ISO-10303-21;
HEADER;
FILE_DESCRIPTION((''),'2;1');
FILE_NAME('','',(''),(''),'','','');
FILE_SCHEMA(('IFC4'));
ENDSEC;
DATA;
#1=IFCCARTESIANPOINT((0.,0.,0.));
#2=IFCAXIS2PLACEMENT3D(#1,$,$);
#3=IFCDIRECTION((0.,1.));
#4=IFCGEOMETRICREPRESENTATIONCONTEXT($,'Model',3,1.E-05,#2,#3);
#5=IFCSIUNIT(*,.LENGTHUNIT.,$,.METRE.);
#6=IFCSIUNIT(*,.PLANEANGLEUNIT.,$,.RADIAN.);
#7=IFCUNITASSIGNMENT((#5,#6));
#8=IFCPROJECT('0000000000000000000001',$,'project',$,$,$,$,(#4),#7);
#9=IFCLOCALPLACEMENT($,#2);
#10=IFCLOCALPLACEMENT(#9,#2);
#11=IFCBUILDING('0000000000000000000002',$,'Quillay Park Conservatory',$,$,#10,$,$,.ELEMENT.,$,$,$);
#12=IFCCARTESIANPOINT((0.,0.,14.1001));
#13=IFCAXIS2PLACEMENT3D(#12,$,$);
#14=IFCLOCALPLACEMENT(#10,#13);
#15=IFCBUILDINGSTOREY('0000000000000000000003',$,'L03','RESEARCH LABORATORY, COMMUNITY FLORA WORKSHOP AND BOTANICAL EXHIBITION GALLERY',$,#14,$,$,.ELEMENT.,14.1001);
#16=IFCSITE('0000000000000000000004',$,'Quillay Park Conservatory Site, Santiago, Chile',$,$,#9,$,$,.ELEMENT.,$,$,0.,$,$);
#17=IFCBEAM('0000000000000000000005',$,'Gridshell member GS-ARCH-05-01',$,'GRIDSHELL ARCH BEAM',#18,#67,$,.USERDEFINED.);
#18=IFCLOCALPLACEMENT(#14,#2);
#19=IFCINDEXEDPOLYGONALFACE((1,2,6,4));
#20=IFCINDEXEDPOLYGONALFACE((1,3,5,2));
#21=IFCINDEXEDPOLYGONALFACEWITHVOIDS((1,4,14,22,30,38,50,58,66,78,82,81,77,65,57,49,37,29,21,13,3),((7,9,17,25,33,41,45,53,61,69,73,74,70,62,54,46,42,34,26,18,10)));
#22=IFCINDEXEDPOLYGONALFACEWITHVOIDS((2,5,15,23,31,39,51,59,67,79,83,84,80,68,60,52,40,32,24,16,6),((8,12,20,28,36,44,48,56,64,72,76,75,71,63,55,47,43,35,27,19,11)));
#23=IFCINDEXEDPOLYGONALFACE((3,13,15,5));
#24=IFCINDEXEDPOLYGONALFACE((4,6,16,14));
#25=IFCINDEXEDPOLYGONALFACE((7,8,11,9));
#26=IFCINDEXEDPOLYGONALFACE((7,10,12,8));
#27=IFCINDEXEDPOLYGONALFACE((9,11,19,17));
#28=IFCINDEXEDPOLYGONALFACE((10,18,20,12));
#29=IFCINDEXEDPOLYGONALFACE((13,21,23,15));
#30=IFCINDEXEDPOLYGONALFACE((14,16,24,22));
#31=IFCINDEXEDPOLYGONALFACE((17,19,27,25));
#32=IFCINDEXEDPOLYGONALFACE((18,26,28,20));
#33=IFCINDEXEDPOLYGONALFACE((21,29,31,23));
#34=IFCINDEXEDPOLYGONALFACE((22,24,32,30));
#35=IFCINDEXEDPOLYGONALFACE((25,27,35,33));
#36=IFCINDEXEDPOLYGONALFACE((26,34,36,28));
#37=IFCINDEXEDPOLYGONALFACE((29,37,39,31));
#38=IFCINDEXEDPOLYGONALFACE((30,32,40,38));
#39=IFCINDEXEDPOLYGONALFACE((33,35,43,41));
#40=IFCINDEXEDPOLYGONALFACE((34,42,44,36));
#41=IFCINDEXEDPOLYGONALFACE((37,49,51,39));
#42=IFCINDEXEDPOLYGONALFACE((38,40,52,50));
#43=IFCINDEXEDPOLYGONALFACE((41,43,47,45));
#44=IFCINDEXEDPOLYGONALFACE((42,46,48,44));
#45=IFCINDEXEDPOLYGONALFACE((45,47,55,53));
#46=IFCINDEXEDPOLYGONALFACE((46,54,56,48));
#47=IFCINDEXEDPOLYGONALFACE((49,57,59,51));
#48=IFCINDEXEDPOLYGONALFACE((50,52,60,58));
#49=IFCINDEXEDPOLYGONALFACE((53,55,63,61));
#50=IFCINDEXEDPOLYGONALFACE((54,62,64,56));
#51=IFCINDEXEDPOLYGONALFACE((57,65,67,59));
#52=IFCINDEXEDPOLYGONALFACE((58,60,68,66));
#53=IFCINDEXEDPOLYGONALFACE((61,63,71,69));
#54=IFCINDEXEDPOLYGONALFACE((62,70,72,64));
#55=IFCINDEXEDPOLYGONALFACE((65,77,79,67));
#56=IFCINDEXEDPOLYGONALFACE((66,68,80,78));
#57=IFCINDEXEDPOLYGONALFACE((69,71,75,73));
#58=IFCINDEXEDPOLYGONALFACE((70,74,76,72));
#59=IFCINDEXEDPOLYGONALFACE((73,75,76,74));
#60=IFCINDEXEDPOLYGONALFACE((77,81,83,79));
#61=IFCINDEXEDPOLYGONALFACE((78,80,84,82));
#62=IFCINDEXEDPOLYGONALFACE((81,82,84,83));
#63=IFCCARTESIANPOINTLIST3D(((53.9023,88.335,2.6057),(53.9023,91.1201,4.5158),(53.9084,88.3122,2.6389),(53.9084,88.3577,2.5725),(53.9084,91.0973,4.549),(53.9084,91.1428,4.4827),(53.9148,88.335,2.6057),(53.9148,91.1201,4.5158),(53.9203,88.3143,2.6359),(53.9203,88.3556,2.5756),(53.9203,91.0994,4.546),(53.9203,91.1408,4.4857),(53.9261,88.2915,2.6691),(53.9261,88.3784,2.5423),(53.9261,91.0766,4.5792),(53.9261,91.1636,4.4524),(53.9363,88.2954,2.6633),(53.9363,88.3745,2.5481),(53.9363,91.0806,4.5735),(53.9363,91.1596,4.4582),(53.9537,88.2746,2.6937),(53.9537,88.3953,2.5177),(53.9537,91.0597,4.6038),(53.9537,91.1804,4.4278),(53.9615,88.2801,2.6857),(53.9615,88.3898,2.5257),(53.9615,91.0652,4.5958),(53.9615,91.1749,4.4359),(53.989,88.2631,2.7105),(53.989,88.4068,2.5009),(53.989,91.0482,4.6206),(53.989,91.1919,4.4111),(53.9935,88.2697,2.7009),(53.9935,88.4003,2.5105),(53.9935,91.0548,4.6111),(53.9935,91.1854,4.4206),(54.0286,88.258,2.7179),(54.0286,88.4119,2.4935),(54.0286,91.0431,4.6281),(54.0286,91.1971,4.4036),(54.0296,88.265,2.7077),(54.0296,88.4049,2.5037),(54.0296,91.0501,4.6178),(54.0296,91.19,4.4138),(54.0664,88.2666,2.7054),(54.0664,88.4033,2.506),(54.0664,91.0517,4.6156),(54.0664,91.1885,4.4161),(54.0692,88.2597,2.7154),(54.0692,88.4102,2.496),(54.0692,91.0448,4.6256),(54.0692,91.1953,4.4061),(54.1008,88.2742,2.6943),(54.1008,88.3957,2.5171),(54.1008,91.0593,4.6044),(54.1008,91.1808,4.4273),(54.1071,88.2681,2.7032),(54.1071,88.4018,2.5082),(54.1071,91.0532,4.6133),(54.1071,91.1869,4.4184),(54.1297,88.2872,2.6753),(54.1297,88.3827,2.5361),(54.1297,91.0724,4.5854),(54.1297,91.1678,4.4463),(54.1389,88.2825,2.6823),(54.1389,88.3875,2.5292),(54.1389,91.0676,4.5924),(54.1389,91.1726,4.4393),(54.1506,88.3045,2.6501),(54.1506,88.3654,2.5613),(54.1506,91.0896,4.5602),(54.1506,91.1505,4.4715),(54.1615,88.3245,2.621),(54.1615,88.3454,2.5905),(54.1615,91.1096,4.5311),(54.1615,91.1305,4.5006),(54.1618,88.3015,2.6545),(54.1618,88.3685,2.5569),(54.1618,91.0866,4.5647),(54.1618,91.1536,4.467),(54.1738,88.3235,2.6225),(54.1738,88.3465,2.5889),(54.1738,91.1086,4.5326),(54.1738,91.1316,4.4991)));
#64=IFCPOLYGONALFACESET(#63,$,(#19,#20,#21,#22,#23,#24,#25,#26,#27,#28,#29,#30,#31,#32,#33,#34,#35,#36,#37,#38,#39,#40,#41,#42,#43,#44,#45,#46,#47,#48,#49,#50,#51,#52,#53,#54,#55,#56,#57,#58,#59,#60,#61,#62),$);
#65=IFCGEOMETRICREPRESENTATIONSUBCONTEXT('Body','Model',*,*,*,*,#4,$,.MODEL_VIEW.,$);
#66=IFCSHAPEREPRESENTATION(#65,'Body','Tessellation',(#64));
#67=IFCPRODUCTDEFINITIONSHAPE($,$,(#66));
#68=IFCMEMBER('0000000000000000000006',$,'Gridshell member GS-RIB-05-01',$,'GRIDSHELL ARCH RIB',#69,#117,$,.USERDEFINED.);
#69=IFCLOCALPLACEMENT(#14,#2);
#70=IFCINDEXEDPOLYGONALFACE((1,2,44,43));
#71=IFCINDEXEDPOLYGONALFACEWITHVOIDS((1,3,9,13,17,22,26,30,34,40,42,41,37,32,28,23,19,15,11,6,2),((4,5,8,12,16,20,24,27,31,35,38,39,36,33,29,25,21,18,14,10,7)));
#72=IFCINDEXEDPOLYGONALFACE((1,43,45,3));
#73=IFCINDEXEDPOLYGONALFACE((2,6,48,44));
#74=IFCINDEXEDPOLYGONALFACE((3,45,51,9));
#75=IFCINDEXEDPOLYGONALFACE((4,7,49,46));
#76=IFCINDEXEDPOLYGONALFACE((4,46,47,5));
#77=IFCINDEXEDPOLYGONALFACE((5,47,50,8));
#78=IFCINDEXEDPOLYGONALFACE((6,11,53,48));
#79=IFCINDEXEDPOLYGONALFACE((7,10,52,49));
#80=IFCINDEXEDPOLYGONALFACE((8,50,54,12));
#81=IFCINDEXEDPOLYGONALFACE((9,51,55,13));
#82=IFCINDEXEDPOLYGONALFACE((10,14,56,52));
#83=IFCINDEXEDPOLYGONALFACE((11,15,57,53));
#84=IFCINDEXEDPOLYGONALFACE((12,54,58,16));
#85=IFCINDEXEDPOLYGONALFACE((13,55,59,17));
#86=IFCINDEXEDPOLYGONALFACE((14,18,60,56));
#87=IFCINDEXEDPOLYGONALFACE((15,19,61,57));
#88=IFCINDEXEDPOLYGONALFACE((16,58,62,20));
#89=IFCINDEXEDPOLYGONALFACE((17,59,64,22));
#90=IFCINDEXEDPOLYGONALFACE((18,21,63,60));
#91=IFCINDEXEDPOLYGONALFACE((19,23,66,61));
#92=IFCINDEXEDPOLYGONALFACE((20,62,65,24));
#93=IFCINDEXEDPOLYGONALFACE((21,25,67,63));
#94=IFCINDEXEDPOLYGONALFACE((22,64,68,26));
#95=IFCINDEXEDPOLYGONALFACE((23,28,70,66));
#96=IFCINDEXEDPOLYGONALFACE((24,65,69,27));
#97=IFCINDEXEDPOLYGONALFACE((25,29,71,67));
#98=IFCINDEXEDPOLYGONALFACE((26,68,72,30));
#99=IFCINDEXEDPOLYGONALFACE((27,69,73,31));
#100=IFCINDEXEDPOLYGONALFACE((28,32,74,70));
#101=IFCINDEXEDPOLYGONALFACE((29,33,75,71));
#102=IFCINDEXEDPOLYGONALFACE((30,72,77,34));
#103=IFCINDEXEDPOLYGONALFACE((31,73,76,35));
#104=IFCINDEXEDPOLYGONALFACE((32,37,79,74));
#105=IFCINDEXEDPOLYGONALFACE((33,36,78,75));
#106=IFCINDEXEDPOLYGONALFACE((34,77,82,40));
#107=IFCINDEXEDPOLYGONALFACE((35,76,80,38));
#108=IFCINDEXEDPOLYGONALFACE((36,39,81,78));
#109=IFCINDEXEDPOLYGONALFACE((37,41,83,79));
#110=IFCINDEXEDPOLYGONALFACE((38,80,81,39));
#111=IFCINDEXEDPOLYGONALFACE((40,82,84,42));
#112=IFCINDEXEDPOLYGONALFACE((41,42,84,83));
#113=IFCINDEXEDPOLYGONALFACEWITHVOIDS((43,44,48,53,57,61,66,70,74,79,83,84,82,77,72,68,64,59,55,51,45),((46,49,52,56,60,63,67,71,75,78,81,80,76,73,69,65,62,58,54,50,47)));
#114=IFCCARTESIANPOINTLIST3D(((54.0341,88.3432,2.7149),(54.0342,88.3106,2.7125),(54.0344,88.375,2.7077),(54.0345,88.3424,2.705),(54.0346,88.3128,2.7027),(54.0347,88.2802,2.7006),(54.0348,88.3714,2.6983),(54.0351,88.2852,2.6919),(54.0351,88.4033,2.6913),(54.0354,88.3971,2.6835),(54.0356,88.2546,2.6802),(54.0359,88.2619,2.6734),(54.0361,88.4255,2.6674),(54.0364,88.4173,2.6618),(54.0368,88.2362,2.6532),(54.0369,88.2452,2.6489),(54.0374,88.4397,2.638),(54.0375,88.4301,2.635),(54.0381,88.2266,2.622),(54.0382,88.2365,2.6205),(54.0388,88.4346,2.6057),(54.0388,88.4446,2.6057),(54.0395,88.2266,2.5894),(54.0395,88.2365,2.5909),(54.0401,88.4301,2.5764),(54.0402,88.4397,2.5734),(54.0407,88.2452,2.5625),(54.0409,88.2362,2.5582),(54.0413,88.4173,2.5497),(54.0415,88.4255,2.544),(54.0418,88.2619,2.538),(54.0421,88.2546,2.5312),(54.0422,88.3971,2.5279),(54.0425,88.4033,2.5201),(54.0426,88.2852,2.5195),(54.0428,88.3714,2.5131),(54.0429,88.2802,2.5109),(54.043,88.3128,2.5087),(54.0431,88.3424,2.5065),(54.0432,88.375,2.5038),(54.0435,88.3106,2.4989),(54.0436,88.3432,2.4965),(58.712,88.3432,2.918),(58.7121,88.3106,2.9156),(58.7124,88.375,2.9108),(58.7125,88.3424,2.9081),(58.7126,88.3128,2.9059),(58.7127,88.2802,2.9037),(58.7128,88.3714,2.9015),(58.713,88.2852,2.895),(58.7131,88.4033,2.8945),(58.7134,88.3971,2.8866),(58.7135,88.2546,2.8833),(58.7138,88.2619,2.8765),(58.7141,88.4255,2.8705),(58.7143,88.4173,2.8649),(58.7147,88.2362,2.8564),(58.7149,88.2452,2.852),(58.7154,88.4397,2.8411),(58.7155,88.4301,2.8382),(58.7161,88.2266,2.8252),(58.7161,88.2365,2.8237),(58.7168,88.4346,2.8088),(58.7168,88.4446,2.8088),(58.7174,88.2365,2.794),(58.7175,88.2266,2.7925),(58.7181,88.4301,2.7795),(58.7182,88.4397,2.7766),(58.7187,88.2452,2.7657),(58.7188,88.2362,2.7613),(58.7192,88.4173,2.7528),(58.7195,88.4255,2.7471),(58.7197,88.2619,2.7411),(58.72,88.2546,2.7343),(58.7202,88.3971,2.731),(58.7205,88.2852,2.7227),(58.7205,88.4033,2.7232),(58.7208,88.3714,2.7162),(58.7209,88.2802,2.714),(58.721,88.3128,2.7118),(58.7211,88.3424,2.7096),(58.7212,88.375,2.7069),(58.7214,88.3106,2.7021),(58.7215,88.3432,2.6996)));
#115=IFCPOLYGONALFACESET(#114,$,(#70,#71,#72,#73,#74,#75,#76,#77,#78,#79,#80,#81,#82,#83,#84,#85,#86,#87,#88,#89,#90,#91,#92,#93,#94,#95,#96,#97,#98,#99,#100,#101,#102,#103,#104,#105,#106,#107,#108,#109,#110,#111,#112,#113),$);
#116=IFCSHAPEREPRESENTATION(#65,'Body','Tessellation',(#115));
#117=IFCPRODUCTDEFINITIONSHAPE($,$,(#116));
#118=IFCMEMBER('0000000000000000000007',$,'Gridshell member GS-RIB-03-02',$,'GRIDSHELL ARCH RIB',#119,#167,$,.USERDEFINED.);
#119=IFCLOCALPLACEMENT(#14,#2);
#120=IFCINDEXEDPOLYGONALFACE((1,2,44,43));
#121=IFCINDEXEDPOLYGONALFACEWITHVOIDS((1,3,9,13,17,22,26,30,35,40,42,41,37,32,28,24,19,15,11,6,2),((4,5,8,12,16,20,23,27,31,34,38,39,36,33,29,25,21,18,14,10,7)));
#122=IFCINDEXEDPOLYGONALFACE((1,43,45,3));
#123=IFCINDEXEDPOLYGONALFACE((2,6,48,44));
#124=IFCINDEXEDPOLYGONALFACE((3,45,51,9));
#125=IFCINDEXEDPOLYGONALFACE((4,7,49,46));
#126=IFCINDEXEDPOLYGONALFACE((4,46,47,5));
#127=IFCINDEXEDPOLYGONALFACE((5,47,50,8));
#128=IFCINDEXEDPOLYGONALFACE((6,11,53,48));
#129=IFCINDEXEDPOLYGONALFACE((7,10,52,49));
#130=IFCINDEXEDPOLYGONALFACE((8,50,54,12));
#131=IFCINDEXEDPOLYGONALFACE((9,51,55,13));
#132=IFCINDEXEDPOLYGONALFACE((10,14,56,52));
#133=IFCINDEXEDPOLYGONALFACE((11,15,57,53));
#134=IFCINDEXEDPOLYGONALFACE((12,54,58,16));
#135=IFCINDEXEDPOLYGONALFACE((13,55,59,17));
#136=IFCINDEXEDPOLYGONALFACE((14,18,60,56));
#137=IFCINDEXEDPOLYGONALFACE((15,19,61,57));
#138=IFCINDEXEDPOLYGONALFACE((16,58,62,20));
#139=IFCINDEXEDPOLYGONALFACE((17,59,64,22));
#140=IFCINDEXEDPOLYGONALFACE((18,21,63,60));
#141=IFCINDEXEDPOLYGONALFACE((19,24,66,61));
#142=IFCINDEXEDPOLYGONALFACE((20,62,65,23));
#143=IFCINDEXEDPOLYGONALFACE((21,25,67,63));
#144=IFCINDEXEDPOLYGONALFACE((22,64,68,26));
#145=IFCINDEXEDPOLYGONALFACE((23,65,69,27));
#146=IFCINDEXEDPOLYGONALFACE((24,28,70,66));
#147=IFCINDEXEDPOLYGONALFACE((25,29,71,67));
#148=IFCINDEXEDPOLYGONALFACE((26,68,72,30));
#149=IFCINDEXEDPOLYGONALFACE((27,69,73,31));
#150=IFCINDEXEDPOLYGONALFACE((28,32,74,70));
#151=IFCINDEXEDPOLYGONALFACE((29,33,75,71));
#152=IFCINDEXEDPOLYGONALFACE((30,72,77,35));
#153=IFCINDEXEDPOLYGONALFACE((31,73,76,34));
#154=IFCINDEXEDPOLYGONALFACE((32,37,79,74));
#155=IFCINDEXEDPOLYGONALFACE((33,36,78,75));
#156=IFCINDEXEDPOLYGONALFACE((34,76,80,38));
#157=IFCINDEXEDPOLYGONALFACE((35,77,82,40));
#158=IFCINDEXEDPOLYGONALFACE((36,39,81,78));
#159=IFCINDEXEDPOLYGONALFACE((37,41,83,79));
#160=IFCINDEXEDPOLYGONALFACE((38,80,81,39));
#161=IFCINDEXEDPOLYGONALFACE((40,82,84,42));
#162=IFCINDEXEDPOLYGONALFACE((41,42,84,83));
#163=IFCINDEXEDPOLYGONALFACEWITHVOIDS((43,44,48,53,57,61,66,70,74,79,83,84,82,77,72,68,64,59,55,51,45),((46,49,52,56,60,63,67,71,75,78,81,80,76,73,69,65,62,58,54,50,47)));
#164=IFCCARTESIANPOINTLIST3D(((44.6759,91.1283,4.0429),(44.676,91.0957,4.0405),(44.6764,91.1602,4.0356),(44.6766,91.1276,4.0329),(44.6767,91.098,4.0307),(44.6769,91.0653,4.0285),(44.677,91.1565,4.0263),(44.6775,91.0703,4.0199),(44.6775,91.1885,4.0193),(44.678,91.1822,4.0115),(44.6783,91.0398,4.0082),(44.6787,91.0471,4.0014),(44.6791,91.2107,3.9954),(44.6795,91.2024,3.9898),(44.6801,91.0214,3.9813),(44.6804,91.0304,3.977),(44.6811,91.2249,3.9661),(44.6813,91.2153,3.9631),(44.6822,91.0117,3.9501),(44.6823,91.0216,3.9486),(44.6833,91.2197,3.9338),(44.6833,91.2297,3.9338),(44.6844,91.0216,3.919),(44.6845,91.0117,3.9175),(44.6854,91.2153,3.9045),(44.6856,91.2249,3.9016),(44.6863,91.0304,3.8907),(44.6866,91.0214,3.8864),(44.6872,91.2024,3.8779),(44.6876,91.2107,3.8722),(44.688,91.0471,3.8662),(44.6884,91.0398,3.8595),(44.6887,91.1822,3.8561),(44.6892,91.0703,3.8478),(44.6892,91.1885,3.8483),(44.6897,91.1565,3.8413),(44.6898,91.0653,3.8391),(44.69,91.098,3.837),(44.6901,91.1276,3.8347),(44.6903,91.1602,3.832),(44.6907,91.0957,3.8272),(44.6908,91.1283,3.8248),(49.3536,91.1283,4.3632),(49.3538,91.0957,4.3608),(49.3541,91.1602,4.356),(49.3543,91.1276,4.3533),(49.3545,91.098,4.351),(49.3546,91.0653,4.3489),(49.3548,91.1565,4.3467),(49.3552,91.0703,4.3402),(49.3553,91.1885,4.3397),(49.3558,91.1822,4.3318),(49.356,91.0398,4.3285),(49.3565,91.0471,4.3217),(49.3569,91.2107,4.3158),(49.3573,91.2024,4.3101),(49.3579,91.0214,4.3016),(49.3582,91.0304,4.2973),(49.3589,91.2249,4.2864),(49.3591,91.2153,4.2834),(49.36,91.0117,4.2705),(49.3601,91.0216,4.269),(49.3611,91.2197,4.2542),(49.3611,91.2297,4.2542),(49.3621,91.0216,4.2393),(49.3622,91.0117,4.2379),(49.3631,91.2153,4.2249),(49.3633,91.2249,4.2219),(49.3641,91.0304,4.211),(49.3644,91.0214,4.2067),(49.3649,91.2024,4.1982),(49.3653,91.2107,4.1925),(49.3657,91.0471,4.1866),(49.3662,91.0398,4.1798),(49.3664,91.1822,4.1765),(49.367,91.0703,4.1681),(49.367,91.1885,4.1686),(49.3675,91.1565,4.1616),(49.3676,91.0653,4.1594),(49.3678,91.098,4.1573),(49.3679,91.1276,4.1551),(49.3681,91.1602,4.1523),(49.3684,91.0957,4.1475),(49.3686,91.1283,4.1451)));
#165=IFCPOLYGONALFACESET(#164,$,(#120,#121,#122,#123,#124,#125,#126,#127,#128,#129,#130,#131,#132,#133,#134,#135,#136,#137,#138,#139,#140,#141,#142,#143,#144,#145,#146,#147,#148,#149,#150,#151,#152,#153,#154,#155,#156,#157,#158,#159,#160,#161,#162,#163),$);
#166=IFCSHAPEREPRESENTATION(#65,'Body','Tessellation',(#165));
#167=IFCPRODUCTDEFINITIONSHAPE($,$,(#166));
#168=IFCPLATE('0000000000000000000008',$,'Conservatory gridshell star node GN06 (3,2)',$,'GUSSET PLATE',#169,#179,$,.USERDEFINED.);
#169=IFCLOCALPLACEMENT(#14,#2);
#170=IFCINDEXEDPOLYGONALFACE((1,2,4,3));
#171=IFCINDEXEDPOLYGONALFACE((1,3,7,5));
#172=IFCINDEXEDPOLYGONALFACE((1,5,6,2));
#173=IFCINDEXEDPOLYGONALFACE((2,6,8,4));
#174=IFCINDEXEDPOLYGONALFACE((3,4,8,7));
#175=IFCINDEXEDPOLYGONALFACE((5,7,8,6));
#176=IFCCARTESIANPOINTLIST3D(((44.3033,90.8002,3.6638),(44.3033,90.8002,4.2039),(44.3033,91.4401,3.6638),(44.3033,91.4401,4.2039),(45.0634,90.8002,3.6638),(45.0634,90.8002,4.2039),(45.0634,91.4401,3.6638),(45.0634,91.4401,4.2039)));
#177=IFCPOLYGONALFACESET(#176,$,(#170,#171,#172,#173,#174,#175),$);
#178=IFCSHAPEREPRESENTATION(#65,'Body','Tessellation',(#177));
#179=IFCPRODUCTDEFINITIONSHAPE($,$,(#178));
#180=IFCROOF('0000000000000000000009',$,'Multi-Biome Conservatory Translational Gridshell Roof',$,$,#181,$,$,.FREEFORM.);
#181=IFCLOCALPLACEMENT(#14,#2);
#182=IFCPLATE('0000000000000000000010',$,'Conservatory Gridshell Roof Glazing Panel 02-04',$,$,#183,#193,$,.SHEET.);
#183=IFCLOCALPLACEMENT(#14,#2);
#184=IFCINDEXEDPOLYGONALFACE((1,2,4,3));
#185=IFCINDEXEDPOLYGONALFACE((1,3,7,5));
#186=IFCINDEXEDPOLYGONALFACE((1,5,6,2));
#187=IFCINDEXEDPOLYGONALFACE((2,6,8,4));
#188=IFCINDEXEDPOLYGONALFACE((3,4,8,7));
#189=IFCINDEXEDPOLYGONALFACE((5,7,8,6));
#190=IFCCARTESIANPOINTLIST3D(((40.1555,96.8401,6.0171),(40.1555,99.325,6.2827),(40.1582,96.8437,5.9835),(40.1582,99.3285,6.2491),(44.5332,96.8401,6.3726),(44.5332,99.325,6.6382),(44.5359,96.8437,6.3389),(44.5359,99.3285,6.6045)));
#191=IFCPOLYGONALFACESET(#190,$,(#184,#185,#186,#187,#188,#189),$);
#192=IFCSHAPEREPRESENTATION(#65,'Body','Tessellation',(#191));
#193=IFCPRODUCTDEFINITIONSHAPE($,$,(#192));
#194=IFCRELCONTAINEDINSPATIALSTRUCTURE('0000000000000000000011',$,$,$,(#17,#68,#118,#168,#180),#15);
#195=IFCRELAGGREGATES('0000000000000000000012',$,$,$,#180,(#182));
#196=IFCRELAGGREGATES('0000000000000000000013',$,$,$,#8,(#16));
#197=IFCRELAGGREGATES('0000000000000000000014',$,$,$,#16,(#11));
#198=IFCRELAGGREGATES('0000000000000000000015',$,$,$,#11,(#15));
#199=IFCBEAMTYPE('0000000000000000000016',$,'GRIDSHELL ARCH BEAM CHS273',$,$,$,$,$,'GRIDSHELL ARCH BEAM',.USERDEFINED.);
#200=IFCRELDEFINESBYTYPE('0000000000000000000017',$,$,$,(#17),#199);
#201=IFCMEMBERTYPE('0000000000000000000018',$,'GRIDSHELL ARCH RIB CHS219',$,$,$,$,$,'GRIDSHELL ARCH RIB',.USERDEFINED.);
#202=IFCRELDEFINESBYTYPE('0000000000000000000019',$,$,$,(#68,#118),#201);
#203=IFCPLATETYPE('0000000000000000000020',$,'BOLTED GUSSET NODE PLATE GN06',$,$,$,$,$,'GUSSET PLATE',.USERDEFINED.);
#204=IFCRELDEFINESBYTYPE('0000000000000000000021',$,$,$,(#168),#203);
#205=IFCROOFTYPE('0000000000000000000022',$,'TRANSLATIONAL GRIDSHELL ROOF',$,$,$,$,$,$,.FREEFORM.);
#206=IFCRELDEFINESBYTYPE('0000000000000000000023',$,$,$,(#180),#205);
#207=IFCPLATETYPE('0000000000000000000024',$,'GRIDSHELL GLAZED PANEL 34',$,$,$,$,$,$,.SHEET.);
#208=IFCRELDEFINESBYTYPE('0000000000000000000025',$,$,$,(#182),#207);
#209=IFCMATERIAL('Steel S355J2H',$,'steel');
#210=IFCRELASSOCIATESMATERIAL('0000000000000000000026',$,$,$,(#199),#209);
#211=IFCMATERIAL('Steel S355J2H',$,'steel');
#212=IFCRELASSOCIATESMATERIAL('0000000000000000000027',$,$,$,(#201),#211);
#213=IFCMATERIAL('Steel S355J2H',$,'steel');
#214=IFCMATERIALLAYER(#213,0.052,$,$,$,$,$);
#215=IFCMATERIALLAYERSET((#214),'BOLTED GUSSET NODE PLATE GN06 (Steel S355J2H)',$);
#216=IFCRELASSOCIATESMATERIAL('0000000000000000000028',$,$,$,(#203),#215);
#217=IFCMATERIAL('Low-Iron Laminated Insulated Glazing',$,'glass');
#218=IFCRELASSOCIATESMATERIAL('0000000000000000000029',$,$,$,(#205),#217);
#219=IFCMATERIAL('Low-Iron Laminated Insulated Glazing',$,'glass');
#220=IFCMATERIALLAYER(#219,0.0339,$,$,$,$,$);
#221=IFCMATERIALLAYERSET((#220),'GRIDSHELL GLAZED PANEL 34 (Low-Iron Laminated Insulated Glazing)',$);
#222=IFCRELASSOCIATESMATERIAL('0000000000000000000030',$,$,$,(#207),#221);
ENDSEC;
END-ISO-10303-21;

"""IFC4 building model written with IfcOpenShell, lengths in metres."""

from ifc_helpers import new_model, si_unit, direction, frame, origin, origin_2d, place, context, subcontext, project, spatial, polyline, rectangle, hollow_circle, outline, extrude, material, layer, layer_set, material_profile, profile_set, type_object, element, aggregate, save


model = new_model("IFC4")

# Units and contexts
model_context = context("Model", 3, precision=1e-05, world=origin(), true_north=direction((0.0, 1.0)))
body_context = subcontext(model_context, "Body", "Model", "MODEL_VIEW")
ifc_project = project(units=[si_unit("LENGTHUNIT", "METRE"), si_unit("PLANEANGLEUNIT", "RADIAN")], contexts=[model_context])

# Site, building, storey
site_placement = place(None, origin())
site = spatial("IfcSite", under=ifc_project, at=site_placement, Name="Quillay Park Conservatory Site, Santiago, Chile", CompositionType="ELEMENT", RefElevation=0.0)
building_placement = place(site_placement, origin())
building = spatial("IfcBuilding", under=site, at=building_placement, Name="Quillay Park Conservatory", CompositionType="ELEMENT")
storey_placement = place(building_placement, frame((0.0, 0.0, 14.1001)))
storey = spatial("IfcBuildingStorey", under=building, at=storey_placement, Name="L03", Description="RESEARCH LABORATORY, COMMUNITY FLORA WORKSHOP AND BOTANICAL EXHIBITION GALLERY", CompositionType="ELEMENT", Elevation=14.1001)

# Beam
ifc_material_1 = material(Name="Steel S355J2H", Category="steel")
ifc_material_profile_1 = material_profile(ifc_material_1, hollow_circle(Radius=0.1365, WallThickness=0.0125, at=origin_2d()), Name="CHS273x12.5")
ifc_profile_set_1 = profile_set([ifc_material_profile_1], Name="Steel S355J2H")
beam_type = type_object("IfcBeamType", Name="GRIDSHELL ARCH BEAM CHS273", ElementType="GRIDSHELL ARCH BEAM", PredefinedType="USERDEFINED", material=ifc_profile_set_1)
beam_placement = place(storey_placement, frame((54.0388, 88.335, 2.6057), z_axis=(0.0, 0.824683, 0.565596), x_axis=(-1.0, 0.0, 0.0)))
element("IfcBeam", 1, at=beam_placement, inside=storey, type_object=beam_type, Name="Gridshell member GS-ARCH-05-01", ObjectType="GRIDSHELL ARCH BEAM", PredefinedType="USERDEFINED", context=body_context, shape_type="SweptSolid", body=[
    extrude(hollow_circle(Radius=0.1365, WallThickness=0.0125, at=origin_2d()), origin(), (0.0, 0.0, 1.0), 3.3772),
])

# Members
ifc_material_2 = material(Name="Steel S355J2H", Category="steel")
ifc_material_profile_2 = material_profile(ifc_material_2, hollow_circle(Radius=0.1096, WallThickness=0.01, at=origin_2d()), Name="CHS219.1x10")
ifc_profile_set_2 = profile_set([ifc_material_profile_2], Name="Steel S355J2H")
member_type = type_object("IfcMemberType", Name="GRIDSHELL ARCH RIB CHS219", ElementType="GRIDSHELL ARCH RIB", PredefinedType="USERDEFINED", material=ifc_profile_set_2)
member_1_placement = place(storey_placement, frame((54.0388, 88.335, 2.6057), z_axis=(0.999059, 0.0, 0.043381), x_axis=(0.0, 1.0, 0.0)))
element("IfcMember", 2, at=member_1_placement, inside=storey, type_object=member_type, Name="Gridshell member GS-RIB-05-01", ObjectType="GRIDSHELL ARCH RIB", PredefinedType="USERDEFINED", context=body_context, shape_type="SweptSolid", body=[
    extrude(hollow_circle(Radius=0.1096, WallThickness=0.01, at=origin_2d()), origin(), (0.0, 0.0, 1.0), 4.6824),
])
member_2_placement = place(storey_placement, frame((44.6833, 91.1201, 3.9338), z_axis=(0.997664, 0.0, 0.068316), x_axis=(0.0, 1.0, 0.0)))
element("IfcMember", 3, at=member_2_placement, inside=storey, type_object=member_type, Name="Gridshell member GS-RIB-03-02", ObjectType="GRIDSHELL ARCH RIB", PredefinedType="USERDEFINED", context=body_context, shape_type="SweptSolid", body=[
    extrude(hollow_circle(Radius=0.1096, WallThickness=0.01, at=origin_2d()), origin(), (0.0, 0.0, 1.0), 4.6887),
])

# Plate
ifc_material_3 = material(Name="Steel S355J2H", Category="steel")
ifc_layer_1 = layer(ifc_material_3, 0.052)
ifc_layer_set_1 = layer_set([ifc_layer_1], Name="BOLTED GUSSET NODE PLATE GN06 (Steel S355J2H)")
plate_type_1 = type_object("IfcPlateType", Name="BOLTED GUSSET NODE PLATE GN06", ElementType="GUSSET PLATE", PredefinedType="USERDEFINED", material=ifc_layer_set_1)
plate_1_placement = place(storey_placement, frame((44.6833, 91.1201, 3.6638), z_axis=(0.0, 0.0, 1.0), x_axis=(1.0, 0.0, 0.0)))
element("IfcPlate", 4, at=plate_1_placement, inside=storey, type_object=plate_type_1, Name="Conservatory gridshell star node GN06 (3,2)", ObjectType="GUSSET PLATE", PredefinedType="USERDEFINED", context=body_context, shape_type="SweptSolid", body=[
    extrude(rectangle(XDim=0.76, YDim=0.6399, at=origin_2d()), origin(), (0.0, 0.0, 1.0), 0.54),
])

# Roof, plate
ifc_material_4 = material(Name="Low-Iron Laminated Insulated Glazing", Category="glass")
roof_type = type_object("IfcRoofType", Name="TRANSLATIONAL GRIDSHELL ROOF", PredefinedType="FREEFORM", material=ifc_material_4)
roof_placement = place(storey_placement, origin())
roof = element("IfcRoof", 5, at=roof_placement, inside=storey, type_object=roof_type, Name="Multi-Biome Conservatory Translational Gridshell Roof", PredefinedType="FREEFORM")
ifc_material_5 = material(Name="Low-Iron Laminated Insulated Glazing", Category="glass")
ifc_layer_2 = layer(ifc_material_5, 0.0339)
ifc_layer_set_2 = layer_set([ifc_layer_2], Name="GRIDSHELL GLAZED PANEL 34 (Low-Iron Laminated Insulated Glazing)")
plate_type_2 = type_object("IfcPlateType", Name="GRIDSHELL GLAZED PANEL 34", PredefinedType="SHEET", material=ifc_layer_set_2)
plate_2_placement = place(storey_placement, frame((40.1555, 96.8401, 6.0171), z_axis=(-0.080478, -0.105947, 0.99111), x_axis=(0.996719, 0.0, 0.080934)))
plate_2 = element("IfcPlate", 6, at=plate_2_placement, type_object=plate_type_2, Name="Conservatory Gridshell Roof Glazing Panel 02-04", PredefinedType="SHEET", context=body_context, shape_type="SweptSolid", body=[
    extrude(outline(polyline([(0.0, 0.0), (4.3921, 0.0), (4.4136, 2.4989), (0.0215, 2.4989), (0.0, 0.0)])), origin(), (0.0, 0.0, -1.0), 0.0339),
])
aggregate(roof, [plate_2])

save(model, "model.ifc")
